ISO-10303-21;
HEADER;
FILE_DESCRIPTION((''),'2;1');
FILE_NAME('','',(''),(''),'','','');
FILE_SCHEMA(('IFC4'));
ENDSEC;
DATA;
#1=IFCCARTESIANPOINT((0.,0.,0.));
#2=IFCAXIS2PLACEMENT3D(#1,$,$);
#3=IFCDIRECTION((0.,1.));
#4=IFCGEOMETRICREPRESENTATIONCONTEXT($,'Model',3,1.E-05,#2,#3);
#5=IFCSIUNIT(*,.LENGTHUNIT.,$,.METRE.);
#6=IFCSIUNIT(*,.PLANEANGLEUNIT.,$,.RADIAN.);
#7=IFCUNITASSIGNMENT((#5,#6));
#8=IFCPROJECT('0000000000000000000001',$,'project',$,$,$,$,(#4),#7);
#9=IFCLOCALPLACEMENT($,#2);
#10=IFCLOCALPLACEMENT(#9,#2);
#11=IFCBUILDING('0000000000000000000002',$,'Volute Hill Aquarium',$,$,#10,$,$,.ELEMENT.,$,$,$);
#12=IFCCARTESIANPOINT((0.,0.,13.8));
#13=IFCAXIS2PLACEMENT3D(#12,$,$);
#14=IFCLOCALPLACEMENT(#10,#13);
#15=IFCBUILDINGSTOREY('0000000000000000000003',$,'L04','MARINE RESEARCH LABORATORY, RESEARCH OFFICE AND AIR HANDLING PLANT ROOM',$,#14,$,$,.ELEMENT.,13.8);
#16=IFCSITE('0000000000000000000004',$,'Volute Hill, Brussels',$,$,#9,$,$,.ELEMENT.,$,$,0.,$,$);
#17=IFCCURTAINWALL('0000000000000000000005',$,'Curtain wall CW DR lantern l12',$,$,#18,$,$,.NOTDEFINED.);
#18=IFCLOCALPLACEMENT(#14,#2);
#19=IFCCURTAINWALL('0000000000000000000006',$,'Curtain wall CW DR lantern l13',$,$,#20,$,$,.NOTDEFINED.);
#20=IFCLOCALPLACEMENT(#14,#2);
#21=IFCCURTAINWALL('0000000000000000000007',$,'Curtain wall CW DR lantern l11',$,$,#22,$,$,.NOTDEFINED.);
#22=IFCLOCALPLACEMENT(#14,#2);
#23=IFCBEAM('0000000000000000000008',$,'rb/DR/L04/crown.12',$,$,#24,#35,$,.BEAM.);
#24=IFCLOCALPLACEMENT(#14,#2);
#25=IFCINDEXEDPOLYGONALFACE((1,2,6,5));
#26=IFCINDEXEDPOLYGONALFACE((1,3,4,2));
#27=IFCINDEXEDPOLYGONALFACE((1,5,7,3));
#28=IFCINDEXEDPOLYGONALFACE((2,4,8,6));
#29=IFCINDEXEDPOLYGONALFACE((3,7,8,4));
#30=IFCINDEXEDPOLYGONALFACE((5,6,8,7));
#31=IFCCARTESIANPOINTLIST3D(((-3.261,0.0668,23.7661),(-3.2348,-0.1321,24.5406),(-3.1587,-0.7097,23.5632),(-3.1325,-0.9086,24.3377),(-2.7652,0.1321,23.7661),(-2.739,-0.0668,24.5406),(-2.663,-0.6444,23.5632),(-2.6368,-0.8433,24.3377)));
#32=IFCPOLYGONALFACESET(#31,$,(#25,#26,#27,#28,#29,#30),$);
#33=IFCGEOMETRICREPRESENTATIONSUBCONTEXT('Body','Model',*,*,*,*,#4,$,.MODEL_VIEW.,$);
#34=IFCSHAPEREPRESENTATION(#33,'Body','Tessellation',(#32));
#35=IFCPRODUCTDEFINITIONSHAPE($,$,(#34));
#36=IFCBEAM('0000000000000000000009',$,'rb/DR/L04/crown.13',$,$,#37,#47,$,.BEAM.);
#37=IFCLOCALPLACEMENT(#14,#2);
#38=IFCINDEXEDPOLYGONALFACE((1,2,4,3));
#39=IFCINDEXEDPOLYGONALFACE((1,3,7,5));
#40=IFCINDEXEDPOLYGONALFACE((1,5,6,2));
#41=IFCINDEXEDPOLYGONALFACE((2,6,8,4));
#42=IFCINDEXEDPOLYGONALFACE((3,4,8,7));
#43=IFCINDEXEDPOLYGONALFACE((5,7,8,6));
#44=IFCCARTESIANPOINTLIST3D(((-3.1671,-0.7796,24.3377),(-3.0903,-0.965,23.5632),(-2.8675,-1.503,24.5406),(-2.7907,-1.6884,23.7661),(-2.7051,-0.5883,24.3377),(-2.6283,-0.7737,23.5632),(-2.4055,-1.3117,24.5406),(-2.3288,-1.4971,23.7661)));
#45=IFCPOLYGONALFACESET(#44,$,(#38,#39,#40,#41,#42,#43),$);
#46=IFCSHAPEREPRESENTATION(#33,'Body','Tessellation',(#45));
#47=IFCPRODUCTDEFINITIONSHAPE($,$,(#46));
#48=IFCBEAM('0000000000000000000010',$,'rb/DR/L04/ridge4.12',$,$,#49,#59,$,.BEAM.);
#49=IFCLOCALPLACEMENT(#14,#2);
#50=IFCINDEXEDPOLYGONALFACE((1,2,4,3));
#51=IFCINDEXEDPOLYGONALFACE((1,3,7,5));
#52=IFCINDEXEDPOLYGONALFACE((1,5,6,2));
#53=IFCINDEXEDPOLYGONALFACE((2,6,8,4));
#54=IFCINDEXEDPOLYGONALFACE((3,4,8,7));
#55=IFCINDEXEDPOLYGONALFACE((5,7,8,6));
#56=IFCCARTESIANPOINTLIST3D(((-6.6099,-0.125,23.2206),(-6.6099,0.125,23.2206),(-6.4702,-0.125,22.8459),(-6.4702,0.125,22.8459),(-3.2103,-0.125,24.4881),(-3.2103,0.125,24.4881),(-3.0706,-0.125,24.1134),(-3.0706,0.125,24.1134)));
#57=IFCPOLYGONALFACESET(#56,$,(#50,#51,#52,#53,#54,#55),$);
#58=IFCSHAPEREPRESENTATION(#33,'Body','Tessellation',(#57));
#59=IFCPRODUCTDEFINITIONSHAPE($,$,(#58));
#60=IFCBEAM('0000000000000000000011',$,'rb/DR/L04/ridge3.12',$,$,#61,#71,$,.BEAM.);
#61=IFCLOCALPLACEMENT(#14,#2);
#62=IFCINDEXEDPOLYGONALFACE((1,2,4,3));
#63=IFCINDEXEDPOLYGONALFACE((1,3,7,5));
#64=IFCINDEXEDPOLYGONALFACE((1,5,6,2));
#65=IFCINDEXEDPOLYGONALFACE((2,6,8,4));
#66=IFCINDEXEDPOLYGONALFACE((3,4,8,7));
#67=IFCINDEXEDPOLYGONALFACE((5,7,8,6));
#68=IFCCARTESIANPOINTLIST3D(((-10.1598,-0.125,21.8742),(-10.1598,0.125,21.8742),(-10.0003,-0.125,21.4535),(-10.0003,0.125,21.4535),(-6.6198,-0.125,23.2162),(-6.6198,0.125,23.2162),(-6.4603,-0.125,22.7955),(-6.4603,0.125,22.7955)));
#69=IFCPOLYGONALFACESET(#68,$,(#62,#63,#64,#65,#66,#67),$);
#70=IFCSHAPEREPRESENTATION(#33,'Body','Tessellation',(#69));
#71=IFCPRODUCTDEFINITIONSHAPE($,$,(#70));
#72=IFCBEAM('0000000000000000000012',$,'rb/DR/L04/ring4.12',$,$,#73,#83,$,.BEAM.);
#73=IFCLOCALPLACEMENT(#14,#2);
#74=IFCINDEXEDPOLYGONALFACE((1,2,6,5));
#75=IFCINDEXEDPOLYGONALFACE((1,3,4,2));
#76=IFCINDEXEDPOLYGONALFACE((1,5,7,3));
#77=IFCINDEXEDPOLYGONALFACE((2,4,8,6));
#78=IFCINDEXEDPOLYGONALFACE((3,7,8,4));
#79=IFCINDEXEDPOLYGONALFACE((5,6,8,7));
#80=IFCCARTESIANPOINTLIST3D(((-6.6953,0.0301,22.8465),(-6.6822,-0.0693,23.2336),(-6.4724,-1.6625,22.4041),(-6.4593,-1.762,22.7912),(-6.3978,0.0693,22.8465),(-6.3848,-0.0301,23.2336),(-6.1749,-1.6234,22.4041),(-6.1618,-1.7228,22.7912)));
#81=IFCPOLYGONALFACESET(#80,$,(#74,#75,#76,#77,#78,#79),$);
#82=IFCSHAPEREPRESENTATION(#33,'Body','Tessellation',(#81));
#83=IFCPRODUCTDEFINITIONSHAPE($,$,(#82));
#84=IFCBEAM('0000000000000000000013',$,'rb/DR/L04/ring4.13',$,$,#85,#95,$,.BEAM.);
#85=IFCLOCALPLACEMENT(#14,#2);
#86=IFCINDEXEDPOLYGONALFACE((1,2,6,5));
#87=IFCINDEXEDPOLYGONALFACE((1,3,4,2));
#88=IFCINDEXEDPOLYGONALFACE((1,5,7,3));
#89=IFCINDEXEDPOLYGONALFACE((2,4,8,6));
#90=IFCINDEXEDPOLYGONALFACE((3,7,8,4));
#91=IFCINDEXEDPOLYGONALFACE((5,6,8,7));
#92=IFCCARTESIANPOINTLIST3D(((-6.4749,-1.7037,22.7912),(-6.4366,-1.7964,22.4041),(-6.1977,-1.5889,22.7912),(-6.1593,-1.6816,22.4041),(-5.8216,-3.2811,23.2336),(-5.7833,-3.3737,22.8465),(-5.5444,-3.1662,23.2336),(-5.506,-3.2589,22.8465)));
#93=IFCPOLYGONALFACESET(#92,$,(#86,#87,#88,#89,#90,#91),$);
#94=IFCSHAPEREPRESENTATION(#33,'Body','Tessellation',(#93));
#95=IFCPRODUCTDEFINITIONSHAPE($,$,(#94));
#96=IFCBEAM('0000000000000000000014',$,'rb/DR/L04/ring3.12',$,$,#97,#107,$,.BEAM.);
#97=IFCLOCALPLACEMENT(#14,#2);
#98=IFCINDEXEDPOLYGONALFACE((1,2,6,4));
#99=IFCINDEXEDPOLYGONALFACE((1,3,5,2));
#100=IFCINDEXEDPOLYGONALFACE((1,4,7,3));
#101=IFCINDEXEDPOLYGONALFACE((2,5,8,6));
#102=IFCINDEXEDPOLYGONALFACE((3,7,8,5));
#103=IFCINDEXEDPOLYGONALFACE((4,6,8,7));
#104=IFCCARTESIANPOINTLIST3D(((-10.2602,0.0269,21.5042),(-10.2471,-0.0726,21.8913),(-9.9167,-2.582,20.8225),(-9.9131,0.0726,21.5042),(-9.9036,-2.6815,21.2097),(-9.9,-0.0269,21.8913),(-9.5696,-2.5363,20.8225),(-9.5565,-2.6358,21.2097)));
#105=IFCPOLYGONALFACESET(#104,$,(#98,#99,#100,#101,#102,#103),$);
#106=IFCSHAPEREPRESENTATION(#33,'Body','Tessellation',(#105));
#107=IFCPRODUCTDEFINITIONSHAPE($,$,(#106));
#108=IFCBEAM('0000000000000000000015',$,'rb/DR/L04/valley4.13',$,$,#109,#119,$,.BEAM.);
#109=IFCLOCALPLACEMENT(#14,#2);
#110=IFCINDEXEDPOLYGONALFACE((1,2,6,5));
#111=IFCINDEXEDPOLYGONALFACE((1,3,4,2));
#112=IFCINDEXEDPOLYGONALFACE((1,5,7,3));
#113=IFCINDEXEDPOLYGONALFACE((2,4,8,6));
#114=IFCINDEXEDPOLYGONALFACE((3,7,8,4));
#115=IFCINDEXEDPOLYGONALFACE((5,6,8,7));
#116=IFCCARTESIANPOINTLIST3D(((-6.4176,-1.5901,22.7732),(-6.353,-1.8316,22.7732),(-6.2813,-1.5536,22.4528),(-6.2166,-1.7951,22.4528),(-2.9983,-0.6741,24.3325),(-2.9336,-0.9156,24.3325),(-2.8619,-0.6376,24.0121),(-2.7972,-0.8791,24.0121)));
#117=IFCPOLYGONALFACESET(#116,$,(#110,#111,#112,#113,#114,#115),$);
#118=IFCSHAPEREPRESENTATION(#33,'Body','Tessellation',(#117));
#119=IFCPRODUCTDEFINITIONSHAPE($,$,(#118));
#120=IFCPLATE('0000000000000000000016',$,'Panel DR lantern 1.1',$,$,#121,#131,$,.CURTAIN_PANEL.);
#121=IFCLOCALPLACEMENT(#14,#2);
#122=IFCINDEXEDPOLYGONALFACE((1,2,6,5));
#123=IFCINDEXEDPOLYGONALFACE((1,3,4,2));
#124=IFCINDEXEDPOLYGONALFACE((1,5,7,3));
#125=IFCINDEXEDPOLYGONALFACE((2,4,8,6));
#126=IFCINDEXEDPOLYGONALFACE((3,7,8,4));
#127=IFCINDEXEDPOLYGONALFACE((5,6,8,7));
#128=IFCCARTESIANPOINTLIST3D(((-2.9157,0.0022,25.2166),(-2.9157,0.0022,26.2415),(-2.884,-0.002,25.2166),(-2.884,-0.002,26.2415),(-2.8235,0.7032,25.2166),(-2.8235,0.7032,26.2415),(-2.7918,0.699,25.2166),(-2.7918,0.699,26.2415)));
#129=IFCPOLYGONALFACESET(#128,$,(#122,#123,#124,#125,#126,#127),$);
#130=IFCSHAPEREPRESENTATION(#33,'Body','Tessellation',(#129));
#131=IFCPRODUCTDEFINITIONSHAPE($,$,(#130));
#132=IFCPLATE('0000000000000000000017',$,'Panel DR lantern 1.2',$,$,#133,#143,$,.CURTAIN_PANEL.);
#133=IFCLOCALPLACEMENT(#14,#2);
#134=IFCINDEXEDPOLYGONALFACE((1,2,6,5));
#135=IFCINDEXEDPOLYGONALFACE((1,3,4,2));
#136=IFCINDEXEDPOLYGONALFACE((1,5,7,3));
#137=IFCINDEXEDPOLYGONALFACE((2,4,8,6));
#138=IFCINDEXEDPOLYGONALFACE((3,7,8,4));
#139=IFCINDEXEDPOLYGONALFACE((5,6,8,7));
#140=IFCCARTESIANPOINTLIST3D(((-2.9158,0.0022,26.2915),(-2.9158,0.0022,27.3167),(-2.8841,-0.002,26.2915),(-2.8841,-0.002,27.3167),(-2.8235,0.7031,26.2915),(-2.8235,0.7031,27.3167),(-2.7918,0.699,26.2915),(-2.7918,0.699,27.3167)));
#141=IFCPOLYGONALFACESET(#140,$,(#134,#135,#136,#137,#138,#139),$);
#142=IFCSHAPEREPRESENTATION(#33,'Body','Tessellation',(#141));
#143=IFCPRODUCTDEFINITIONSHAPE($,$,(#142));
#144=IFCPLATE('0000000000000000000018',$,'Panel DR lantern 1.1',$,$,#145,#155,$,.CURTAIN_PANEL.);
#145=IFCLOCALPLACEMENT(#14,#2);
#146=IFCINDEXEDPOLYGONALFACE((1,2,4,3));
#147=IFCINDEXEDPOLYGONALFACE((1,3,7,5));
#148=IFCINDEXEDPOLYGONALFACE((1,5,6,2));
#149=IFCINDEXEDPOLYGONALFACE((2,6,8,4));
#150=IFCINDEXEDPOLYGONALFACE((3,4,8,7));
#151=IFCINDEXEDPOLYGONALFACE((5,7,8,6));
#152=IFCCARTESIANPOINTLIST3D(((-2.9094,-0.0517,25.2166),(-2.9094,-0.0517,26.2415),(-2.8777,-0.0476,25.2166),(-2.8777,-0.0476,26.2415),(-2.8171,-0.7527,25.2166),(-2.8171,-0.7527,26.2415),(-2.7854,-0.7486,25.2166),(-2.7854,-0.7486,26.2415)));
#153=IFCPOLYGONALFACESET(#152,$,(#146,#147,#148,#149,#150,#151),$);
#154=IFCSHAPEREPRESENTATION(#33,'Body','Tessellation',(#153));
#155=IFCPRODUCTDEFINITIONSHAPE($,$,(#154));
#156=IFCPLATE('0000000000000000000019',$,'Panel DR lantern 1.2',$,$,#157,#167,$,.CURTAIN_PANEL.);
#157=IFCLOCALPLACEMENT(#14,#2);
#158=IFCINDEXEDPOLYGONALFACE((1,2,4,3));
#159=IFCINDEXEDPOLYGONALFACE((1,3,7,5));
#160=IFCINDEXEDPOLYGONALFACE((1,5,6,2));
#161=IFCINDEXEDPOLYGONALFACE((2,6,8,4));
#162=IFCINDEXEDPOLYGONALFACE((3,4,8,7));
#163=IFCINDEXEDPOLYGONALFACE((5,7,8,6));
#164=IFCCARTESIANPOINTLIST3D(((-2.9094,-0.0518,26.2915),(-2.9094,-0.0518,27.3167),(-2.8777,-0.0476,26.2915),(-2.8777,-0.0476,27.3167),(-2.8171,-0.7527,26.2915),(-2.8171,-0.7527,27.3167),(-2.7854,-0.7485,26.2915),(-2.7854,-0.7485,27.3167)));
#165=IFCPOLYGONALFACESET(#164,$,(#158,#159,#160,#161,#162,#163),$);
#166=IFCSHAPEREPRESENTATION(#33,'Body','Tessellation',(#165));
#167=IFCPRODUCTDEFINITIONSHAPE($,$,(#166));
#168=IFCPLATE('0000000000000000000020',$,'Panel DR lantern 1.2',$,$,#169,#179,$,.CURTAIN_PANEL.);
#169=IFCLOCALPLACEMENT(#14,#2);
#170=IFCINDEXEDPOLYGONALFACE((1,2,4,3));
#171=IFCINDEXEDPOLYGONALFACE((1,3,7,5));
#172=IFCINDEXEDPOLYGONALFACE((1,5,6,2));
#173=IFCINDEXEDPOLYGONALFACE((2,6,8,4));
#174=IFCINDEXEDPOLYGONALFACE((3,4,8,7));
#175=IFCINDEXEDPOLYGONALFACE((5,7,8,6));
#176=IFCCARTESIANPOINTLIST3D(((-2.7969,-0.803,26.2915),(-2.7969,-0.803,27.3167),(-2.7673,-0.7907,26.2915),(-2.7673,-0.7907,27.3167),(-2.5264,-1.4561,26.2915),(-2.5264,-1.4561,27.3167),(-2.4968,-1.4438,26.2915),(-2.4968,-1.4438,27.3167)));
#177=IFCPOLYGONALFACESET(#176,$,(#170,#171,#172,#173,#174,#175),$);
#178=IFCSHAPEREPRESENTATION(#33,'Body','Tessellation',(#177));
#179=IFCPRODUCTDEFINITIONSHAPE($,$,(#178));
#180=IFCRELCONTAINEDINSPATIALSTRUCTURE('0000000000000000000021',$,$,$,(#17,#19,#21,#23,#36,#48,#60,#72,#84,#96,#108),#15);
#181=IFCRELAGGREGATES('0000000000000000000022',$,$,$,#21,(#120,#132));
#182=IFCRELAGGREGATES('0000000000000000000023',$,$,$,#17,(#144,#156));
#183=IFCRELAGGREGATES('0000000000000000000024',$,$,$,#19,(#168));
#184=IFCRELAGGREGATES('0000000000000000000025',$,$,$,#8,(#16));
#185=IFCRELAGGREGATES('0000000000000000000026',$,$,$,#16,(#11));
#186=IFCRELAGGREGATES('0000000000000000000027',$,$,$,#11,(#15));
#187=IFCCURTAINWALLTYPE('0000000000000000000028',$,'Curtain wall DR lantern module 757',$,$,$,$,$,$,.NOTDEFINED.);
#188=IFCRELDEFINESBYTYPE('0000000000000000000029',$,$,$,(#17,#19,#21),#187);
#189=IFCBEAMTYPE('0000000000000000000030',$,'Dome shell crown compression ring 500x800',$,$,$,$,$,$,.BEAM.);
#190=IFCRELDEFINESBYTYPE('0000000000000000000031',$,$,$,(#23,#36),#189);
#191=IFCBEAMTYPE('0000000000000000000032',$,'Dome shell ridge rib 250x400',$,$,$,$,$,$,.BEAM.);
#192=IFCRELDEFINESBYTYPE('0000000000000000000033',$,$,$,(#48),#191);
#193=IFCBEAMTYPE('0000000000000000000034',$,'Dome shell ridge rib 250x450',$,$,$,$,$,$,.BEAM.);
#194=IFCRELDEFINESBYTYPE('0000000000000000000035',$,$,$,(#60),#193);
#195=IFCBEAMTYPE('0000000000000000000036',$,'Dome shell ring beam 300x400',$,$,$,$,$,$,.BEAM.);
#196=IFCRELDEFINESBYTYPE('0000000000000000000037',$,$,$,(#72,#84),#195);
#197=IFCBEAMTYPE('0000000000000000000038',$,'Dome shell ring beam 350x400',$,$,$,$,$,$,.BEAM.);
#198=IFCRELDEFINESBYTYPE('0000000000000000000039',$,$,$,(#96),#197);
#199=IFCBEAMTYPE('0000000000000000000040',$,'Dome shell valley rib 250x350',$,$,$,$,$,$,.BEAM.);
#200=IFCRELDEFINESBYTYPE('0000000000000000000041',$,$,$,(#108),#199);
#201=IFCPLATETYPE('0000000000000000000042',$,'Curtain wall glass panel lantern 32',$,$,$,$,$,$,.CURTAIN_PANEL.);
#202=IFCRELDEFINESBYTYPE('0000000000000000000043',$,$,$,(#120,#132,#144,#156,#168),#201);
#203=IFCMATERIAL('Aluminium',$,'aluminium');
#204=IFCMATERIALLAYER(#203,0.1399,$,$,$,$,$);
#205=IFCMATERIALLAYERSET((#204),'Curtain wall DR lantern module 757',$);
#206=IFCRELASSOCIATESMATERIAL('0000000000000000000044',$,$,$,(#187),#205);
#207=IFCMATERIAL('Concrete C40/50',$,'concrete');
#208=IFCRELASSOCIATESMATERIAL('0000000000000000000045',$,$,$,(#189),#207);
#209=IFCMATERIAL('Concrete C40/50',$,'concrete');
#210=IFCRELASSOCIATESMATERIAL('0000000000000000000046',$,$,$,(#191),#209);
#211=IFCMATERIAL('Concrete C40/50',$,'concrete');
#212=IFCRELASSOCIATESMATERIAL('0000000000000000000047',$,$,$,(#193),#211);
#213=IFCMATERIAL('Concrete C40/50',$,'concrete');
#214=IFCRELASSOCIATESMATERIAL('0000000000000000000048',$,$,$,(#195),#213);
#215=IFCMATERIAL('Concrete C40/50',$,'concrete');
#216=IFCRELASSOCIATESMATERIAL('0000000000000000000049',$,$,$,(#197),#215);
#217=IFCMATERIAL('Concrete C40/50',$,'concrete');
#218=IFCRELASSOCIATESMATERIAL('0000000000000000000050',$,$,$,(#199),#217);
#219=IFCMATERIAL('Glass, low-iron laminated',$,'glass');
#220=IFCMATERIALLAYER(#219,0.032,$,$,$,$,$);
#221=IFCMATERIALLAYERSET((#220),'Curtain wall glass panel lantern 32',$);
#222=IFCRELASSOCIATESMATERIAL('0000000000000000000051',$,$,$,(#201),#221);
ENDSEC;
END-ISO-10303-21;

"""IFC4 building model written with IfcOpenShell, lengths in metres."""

from ifc_helpers import new_model, si_unit, direction, frame, origin, origin_2d, place, context, subcontext, project, spatial, polyline, rectangle, outline, extrude, material, layer, layer_set, material_profile, profile_set, type_object, element, aggregate, save


model = new_model("IFC4")

# Units and contexts
model_context = context("Model", 3, precision=1e-05, world=origin(), true_north=direction((0.0, 1.0)))
body_context = subcontext(model_context, "Body", "Model", "MODEL_VIEW")
ifc_project = project(units=[si_unit("LENGTHUNIT", "METRE"), si_unit("PLANEANGLEUNIT", "RADIAN")], contexts=[model_context])

# Site, building, storey
site_placement = place(None, origin())
site = spatial("IfcSite", under=ifc_project, at=site_placement, Name="Volute Hill, Brussels", CompositionType="ELEMENT", RefElevation=0.0)
building_placement = place(site_placement, origin())
building = spatial("IfcBuilding", under=site, at=building_placement, Name="Volute Hill Aquarium", CompositionType="ELEMENT")
storey_placement = place(building_placement, frame((0.0, 0.0, 13.8)))
storey = spatial("IfcBuildingStorey", under=building, at=storey_placement, Name="L04", Description="MARINE RESEARCH LABORATORY, RESEARCH OFFICE AND AIR HANDLING PLANT ROOM", CompositionType="ELEMENT", Elevation=13.8)

# Curtain walls
ifc_material_1 = material(Name="Aluminium", Category="aluminium")
ifc_layer_1 = layer(ifc_material_1, 0.1399)
ifc_layer_set_1 = layer_set([ifc_layer_1], Name="Curtain wall DR lantern module 757")
curtain_wall_type = type_object("IfcCurtainWallType", Name="Curtain wall DR lantern module 757", PredefinedType="NOTDEFINED", material=ifc_layer_set_1)
curtain_wall_1_placement = place(storey_placement, origin())
curtain_wall_1 = element("IfcCurtainWall", 1, at=curtain_wall_1_placement, inside=storey, type_object=curtain_wall_type, Name="Curtain wall CW DR lantern l12", PredefinedType="NOTDEFINED")
curtain_wall_2_placement = place(storey_placement, origin())
curtain_wall_2 = element("IfcCurtainWall", 2, at=curtain_wall_2_placement, inside=storey, type_object=curtain_wall_type, Name="Curtain wall CW DR lantern l13", PredefinedType="NOTDEFINED")

# Curtain wall
curtain_wall_3_placement = place(storey_placement, origin())
curtain_wall_3 = element("IfcCurtainWall", 3, at=curtain_wall_3_placement, inside=storey, type_object=curtain_wall_type, Name="Curtain wall CW DR lantern l11", PredefinedType="NOTDEFINED")

# Beams
ifc_material_2 = material(Name="Concrete C40/50", Category="concrete")
ifc_material_profile_1 = material_profile(ifc_material_2, rectangle(XDim=0.5, YDim=0.8, at=origin_2d()), Name="RC beam 500x800")
ifc_profile_set_1 = profile_set([ifc_material_profile_1], Name="Concrete C40/50")
beam_type_1 = type_object("IfcBeamType", Name="Dome shell crown compression ring 500x800", PredefinedType="BEAM", material=ifc_profile_set_1)
beam_1_placement = place(storey_placement, frame((-3.0, 0.0, 24.1533), z_axis=(0.12642, -0.959767, -0.250728), x_axis=(0.991436, 0.130592, 0.0)))
element("IfcBeam", 4, at=beam_1_placement, inside=storey, type_object=beam_type_1, Name="rb/DR/L04/crown.12", PredefinedType="BEAM", context=body_context, shape_type="SweptSolid", body=[
    extrude(rectangle(XDim=0.5, YDim=0.8, at=origin_2d()), origin(), (0.0, 0.0, 1.0), 0.8091),
])
beam_2_placement = place(storey_placement, frame((-2.8977, -0.7766, 23.9504), z_axis=(0.370368, -0.894376, 0.250836), x_axis=(0.923914, 0.3826, 0.0)))
element("IfcBeam", 5, at=beam_2_placement, inside=storey, type_object=beam_type_1, Name="rb/DR/L04/crown.13", PredefinedType="BEAM", context=body_context, shape_type="SweptSolid", body=[
    extrude(rectangle(XDim=0.5, YDim=0.8, at=origin_2d()), origin(), (0.0, 0.0, 1.0), 0.8088),
])
ifc_material_3 = material(Name="Concrete C40/50", Category="concrete")
ifc_material_profile_2 = material_profile(ifc_material_3, rectangle(XDim=0.25, YDim=0.3999, at=origin_2d()), Name="RC rib 250x400")
ifc_profile_set_2 = profile_set([ifc_material_profile_2], Name="Concrete C40/50")
beam_type_2 = type_object("IfcBeamType", Name="Dome shell ridge rib 250x400", PredefinedType="BEAM", material=ifc_profile_set_2)
beam_3_placement = place(storey_placement, frame((-6.54, 0.0, 23.0332), z_axis=(0.936988, 0.0, 0.34936), x_axis=(0.0, 1.0, 0.0)))
element("IfcBeam", 6, at=beam_3_placement, inside=storey, type_object=beam_type_2, Name="rb/DR/L04/ridge4.12", PredefinedType="BEAM", context=body_context, shape_type="SweptSolid", body=[
    extrude(rectangle(XDim=0.25, YDim=0.3999, at=origin_2d()), origin(), (0.0, 0.0, 1.0), 3.6282),
])
ifc_material_4 = material(Name="Concrete C40/50", Category="concrete")
ifc_material_profile_3 = material_profile(ifc_material_4, rectangle(XDim=0.25, YDim=0.45, at=origin_2d()), Name="RC rib 250x450")
ifc_profile_set_3 = profile_set([ifc_material_profile_3], Name="Concrete C40/50")
beam_type_3 = type_object("IfcBeamType", Name="Dome shell ridge rib 250x450", PredefinedType="BEAM", material=ifc_profile_set_3)
beam_4_placement = place(storey_placement, frame((-10.0801, 0.0, 21.6638), z_axis=(0.935062, 0.0, 0.354485), x_axis=(0.0, 1.0, 0.0)))
element("IfcBeam", 7, at=beam_4_placement, inside=storey, type_object=beam_type_3, Name="rb/DR/L04/ridge3.12", PredefinedType="BEAM", context=body_context, shape_type="SweptSolid", body=[
    extrude(rectangle(XDim=0.25, YDim=0.45, at=origin_2d()), origin(), (0.0, 0.0, 1.0), 3.7859),
])
ifc_material_5 = material(Name="Concrete C40/50", Category="concrete")
ifc_material_profile_4 = material_profile(ifc_material_5, rectangle(XDim=0.3, YDim=0.3999, at=origin_2d()), Name="RC beam 300x400")
ifc_profile_set_4 = profile_set([ifc_material_profile_4], Name="Concrete C40/50")
beam_type_4 = type_object("IfcBeamType", Name="Dome shell ring beam 300x400", PredefinedType="BEAM", material=ifc_profile_set_4)
for number, where, z_axis, x_axis, name in (
    (8, (-6.54, 0.0, 23.04), (0.126388, -0.959743, -0.250837), (0.99144, 0.130562, 0.0), "rb/DR/L04/ring4.12"),
    (9, (-6.3171, -1.6926, 22.5977), (0.370422, -0.894357, 0.250824), (0.923891, 0.382655, 0.0), "rb/DR/L04/ring4.13"),
):
    element("IfcBeam", number, at=place(storey_placement, frame(where, z_axis=z_axis, x_axis=x_axis)), inside=storey, type_object=beam_type_4, Name=name, PredefinedType="BEAM", context=body_context, shape_type="SweptSolid", body=[
        extrude(rectangle(XDim=0.3, YDim=0.3999, at=origin_2d()), origin(), (0.0, 0.0, 1.0), 1.7637),
    ])
ifc_material_6 = material(Name="Concrete C40/50", Category="concrete")
ifc_material_profile_5 = material_profile(ifc_material_6, rectangle(XDim=0.3501, YDim=0.3999, at=origin_2d()), Name="RC beam 350x400")
ifc_profile_set_5 = profile_set([ifc_material_profile_5], Name="Concrete C40/50")
beam_type_5 = type_object("IfcBeamType", Name="Dome shell ring beam 350x400", PredefinedType="BEAM", material=ifc_profile_set_5)
beam_5_placement = place(storey_placement, frame((-10.0801, 0.0, 21.6978), z_axis=(0.12637, -0.959765, -0.250764), x_axis=(0.991443, 0.130541, 0.0)))
element("IfcBeam", 10, at=beam_5_placement, inside=storey, type_object=beam_type_5, Name="rb/DR/L04/ring3.12", PredefinedType="BEAM", context=body_context, shape_type="SweptSolid", body=[
    extrude(rectangle(XDim=0.3501, YDim=0.3999, at=origin_2d()), origin(), (0.0, 0.0, 1.0), 2.7183),
])
ifc_material_7 = material(Name="Concrete C40/50", Category="concrete")
ifc_material_profile_6 = material_profile(ifc_material_7, rectangle(XDim=0.25, YDim=0.3501, at=origin_2d()), Name="RC rib 250x350")
ifc_profile_set_6 = profile_set([ifc_material_profile_6], Name="Concrete C40/50")
beam_type_6 = type_object("IfcBeamType", Name="Dome shell valley rib 250x350", PredefinedType="BEAM", material=ifc_profile_set_6)
beam_6_placement = place(storey_placement, frame((-6.3171, -1.6926, 22.613), z_axis=(0.883982, 0.236806, 0.403112), x_axis=(-0.258761, 0.965941, 0.0)))
element("IfcBeam", 11, at=beam_6_placement, inside=storey, type_object=beam_type_6, Name="rb/DR/L04/valley4.13", PredefinedType="BEAM", context=body_context, shape_type="SweptSolid", body=[
    extrude(rectangle(XDim=0.25, YDim=0.3501, at=origin_2d()), origin(), (0.0, 0.0, 1.0), 3.8682),
])

# Plates
ifc_material_8 = material(Name="Glass, low-iron laminated", Category="glass")
ifc_layer_2 = layer(ifc_material_8, 0.032)
ifc_layer_set_2 = layer_set([ifc_layer_2], Name="Curtain wall glass panel lantern 32")
plate_type = type_object("IfcPlateType", Name="Curtain wall glass panel lantern 32", PredefinedType="CURTAIN_PANEL", material=ifc_layer_set_2)
plate_1_placement = place(storey_placement, frame((-2.8538, 0.3506, 25.2166), z_axis=(0.0, 0.0, 1.0), x_axis=(-0.130502, -0.991448, 0.0)))
plate_1 = element("IfcPlate", 12, at=plate_1_placement, type_object=plate_type, Name="Panel DR lantern 1.1", PredefinedType="CURTAIN_PANEL", context=body_context, shape_type="SweptSolid", body=[
    extrude(rectangle(XDim=0.707, YDim=0.032, at=origin_2d()), origin(), (0.0, 0.0, 1.0), 1.0249),
])
plate_2_placement = place(storey_placement, frame((-2.8235, 0.7031, 26.2915), z_axis=(-0.991444, 0.130535, 0.0), x_axis=(-0.130535, -0.991444, 0.0)))
plate_2 = element("IfcPlate", 13, at=plate_2_placement, type_object=plate_type, Name="Panel DR lantern 1.2", PredefinedType="CURTAIN_PANEL", context=body_context, shape_type="SweptSolid", body=[
    extrude(outline(polyline([(0.0, 0.0), (0.707, 0.0), (0.707, 1.0251), (0.0, 1.0251), (0.0, 0.0)])), origin(), (0.0, 0.0, -1.0), 0.032),
])
aggregate(curtain_wall_3, [plate_1, plate_2])
plate_3_placement = place(storey_placement, frame((-2.8474, -0.4001, 25.2166), z_axis=(0.0, 0.0, 1.0), x_axis=(0.130502, -0.991448, 0.0)))
plate_3 = element("IfcPlate", 14, at=plate_3_placement, type_object=plate_type, Name="Panel DR lantern 1.1", PredefinedType="CURTAIN_PANEL", context=body_context, shape_type="SweptSolid", body=[
    extrude(rectangle(XDim=0.707, YDim=0.032, at=origin_2d()), origin(), (0.0, 0.0, 1.0), 1.0249),
])
plate_4_placement = place(storey_placement, frame((-2.9094, -0.0518, 26.2915), z_axis=(-0.991444, -0.130535, 0.0), x_axis=(0.130535, -0.991444, 0.0)))
plate_4 = element("IfcPlate", 15, at=plate_4_placement, type_object=plate_type, Name="Panel DR lantern 1.2", PredefinedType="CURTAIN_PANEL", context=body_context, shape_type="SweptSolid", body=[
    extrude(outline(polyline([(0.0, 0.0), (0.707, 0.0), (0.707, 1.0251), (0.0, 1.0251), (0.0, 0.0)])), origin(), (0.0, 0.0, -1.0), 0.032),
])
aggregate(curtain_wall_1, [plate_3, plate_4])
plate_5_placement = place(storey_placement, frame((-2.7969, -0.803, 26.2915), z_axis=(-0.923882, -0.382677, 0.0), x_axis=(0.382677, -0.923882, 0.0)))
plate_5 = element("IfcPlate", 16, at=plate_5_placement, type_object=plate_type, Name="Panel DR lantern 1.2", PredefinedType="CURTAIN_PANEL", context=body_context, shape_type="SweptSolid", body=[
    extrude(outline(polyline([(0.0, 0.0), (0.7069, 0.0), (0.7069, 1.0251), (0.0, 1.0251), (0.0, 0.0)])), origin(), (0.0, 0.0, -1.0), 0.032),
])
aggregate(curtain_wall_2, [plate_5])

save(model, "model.ifc")
